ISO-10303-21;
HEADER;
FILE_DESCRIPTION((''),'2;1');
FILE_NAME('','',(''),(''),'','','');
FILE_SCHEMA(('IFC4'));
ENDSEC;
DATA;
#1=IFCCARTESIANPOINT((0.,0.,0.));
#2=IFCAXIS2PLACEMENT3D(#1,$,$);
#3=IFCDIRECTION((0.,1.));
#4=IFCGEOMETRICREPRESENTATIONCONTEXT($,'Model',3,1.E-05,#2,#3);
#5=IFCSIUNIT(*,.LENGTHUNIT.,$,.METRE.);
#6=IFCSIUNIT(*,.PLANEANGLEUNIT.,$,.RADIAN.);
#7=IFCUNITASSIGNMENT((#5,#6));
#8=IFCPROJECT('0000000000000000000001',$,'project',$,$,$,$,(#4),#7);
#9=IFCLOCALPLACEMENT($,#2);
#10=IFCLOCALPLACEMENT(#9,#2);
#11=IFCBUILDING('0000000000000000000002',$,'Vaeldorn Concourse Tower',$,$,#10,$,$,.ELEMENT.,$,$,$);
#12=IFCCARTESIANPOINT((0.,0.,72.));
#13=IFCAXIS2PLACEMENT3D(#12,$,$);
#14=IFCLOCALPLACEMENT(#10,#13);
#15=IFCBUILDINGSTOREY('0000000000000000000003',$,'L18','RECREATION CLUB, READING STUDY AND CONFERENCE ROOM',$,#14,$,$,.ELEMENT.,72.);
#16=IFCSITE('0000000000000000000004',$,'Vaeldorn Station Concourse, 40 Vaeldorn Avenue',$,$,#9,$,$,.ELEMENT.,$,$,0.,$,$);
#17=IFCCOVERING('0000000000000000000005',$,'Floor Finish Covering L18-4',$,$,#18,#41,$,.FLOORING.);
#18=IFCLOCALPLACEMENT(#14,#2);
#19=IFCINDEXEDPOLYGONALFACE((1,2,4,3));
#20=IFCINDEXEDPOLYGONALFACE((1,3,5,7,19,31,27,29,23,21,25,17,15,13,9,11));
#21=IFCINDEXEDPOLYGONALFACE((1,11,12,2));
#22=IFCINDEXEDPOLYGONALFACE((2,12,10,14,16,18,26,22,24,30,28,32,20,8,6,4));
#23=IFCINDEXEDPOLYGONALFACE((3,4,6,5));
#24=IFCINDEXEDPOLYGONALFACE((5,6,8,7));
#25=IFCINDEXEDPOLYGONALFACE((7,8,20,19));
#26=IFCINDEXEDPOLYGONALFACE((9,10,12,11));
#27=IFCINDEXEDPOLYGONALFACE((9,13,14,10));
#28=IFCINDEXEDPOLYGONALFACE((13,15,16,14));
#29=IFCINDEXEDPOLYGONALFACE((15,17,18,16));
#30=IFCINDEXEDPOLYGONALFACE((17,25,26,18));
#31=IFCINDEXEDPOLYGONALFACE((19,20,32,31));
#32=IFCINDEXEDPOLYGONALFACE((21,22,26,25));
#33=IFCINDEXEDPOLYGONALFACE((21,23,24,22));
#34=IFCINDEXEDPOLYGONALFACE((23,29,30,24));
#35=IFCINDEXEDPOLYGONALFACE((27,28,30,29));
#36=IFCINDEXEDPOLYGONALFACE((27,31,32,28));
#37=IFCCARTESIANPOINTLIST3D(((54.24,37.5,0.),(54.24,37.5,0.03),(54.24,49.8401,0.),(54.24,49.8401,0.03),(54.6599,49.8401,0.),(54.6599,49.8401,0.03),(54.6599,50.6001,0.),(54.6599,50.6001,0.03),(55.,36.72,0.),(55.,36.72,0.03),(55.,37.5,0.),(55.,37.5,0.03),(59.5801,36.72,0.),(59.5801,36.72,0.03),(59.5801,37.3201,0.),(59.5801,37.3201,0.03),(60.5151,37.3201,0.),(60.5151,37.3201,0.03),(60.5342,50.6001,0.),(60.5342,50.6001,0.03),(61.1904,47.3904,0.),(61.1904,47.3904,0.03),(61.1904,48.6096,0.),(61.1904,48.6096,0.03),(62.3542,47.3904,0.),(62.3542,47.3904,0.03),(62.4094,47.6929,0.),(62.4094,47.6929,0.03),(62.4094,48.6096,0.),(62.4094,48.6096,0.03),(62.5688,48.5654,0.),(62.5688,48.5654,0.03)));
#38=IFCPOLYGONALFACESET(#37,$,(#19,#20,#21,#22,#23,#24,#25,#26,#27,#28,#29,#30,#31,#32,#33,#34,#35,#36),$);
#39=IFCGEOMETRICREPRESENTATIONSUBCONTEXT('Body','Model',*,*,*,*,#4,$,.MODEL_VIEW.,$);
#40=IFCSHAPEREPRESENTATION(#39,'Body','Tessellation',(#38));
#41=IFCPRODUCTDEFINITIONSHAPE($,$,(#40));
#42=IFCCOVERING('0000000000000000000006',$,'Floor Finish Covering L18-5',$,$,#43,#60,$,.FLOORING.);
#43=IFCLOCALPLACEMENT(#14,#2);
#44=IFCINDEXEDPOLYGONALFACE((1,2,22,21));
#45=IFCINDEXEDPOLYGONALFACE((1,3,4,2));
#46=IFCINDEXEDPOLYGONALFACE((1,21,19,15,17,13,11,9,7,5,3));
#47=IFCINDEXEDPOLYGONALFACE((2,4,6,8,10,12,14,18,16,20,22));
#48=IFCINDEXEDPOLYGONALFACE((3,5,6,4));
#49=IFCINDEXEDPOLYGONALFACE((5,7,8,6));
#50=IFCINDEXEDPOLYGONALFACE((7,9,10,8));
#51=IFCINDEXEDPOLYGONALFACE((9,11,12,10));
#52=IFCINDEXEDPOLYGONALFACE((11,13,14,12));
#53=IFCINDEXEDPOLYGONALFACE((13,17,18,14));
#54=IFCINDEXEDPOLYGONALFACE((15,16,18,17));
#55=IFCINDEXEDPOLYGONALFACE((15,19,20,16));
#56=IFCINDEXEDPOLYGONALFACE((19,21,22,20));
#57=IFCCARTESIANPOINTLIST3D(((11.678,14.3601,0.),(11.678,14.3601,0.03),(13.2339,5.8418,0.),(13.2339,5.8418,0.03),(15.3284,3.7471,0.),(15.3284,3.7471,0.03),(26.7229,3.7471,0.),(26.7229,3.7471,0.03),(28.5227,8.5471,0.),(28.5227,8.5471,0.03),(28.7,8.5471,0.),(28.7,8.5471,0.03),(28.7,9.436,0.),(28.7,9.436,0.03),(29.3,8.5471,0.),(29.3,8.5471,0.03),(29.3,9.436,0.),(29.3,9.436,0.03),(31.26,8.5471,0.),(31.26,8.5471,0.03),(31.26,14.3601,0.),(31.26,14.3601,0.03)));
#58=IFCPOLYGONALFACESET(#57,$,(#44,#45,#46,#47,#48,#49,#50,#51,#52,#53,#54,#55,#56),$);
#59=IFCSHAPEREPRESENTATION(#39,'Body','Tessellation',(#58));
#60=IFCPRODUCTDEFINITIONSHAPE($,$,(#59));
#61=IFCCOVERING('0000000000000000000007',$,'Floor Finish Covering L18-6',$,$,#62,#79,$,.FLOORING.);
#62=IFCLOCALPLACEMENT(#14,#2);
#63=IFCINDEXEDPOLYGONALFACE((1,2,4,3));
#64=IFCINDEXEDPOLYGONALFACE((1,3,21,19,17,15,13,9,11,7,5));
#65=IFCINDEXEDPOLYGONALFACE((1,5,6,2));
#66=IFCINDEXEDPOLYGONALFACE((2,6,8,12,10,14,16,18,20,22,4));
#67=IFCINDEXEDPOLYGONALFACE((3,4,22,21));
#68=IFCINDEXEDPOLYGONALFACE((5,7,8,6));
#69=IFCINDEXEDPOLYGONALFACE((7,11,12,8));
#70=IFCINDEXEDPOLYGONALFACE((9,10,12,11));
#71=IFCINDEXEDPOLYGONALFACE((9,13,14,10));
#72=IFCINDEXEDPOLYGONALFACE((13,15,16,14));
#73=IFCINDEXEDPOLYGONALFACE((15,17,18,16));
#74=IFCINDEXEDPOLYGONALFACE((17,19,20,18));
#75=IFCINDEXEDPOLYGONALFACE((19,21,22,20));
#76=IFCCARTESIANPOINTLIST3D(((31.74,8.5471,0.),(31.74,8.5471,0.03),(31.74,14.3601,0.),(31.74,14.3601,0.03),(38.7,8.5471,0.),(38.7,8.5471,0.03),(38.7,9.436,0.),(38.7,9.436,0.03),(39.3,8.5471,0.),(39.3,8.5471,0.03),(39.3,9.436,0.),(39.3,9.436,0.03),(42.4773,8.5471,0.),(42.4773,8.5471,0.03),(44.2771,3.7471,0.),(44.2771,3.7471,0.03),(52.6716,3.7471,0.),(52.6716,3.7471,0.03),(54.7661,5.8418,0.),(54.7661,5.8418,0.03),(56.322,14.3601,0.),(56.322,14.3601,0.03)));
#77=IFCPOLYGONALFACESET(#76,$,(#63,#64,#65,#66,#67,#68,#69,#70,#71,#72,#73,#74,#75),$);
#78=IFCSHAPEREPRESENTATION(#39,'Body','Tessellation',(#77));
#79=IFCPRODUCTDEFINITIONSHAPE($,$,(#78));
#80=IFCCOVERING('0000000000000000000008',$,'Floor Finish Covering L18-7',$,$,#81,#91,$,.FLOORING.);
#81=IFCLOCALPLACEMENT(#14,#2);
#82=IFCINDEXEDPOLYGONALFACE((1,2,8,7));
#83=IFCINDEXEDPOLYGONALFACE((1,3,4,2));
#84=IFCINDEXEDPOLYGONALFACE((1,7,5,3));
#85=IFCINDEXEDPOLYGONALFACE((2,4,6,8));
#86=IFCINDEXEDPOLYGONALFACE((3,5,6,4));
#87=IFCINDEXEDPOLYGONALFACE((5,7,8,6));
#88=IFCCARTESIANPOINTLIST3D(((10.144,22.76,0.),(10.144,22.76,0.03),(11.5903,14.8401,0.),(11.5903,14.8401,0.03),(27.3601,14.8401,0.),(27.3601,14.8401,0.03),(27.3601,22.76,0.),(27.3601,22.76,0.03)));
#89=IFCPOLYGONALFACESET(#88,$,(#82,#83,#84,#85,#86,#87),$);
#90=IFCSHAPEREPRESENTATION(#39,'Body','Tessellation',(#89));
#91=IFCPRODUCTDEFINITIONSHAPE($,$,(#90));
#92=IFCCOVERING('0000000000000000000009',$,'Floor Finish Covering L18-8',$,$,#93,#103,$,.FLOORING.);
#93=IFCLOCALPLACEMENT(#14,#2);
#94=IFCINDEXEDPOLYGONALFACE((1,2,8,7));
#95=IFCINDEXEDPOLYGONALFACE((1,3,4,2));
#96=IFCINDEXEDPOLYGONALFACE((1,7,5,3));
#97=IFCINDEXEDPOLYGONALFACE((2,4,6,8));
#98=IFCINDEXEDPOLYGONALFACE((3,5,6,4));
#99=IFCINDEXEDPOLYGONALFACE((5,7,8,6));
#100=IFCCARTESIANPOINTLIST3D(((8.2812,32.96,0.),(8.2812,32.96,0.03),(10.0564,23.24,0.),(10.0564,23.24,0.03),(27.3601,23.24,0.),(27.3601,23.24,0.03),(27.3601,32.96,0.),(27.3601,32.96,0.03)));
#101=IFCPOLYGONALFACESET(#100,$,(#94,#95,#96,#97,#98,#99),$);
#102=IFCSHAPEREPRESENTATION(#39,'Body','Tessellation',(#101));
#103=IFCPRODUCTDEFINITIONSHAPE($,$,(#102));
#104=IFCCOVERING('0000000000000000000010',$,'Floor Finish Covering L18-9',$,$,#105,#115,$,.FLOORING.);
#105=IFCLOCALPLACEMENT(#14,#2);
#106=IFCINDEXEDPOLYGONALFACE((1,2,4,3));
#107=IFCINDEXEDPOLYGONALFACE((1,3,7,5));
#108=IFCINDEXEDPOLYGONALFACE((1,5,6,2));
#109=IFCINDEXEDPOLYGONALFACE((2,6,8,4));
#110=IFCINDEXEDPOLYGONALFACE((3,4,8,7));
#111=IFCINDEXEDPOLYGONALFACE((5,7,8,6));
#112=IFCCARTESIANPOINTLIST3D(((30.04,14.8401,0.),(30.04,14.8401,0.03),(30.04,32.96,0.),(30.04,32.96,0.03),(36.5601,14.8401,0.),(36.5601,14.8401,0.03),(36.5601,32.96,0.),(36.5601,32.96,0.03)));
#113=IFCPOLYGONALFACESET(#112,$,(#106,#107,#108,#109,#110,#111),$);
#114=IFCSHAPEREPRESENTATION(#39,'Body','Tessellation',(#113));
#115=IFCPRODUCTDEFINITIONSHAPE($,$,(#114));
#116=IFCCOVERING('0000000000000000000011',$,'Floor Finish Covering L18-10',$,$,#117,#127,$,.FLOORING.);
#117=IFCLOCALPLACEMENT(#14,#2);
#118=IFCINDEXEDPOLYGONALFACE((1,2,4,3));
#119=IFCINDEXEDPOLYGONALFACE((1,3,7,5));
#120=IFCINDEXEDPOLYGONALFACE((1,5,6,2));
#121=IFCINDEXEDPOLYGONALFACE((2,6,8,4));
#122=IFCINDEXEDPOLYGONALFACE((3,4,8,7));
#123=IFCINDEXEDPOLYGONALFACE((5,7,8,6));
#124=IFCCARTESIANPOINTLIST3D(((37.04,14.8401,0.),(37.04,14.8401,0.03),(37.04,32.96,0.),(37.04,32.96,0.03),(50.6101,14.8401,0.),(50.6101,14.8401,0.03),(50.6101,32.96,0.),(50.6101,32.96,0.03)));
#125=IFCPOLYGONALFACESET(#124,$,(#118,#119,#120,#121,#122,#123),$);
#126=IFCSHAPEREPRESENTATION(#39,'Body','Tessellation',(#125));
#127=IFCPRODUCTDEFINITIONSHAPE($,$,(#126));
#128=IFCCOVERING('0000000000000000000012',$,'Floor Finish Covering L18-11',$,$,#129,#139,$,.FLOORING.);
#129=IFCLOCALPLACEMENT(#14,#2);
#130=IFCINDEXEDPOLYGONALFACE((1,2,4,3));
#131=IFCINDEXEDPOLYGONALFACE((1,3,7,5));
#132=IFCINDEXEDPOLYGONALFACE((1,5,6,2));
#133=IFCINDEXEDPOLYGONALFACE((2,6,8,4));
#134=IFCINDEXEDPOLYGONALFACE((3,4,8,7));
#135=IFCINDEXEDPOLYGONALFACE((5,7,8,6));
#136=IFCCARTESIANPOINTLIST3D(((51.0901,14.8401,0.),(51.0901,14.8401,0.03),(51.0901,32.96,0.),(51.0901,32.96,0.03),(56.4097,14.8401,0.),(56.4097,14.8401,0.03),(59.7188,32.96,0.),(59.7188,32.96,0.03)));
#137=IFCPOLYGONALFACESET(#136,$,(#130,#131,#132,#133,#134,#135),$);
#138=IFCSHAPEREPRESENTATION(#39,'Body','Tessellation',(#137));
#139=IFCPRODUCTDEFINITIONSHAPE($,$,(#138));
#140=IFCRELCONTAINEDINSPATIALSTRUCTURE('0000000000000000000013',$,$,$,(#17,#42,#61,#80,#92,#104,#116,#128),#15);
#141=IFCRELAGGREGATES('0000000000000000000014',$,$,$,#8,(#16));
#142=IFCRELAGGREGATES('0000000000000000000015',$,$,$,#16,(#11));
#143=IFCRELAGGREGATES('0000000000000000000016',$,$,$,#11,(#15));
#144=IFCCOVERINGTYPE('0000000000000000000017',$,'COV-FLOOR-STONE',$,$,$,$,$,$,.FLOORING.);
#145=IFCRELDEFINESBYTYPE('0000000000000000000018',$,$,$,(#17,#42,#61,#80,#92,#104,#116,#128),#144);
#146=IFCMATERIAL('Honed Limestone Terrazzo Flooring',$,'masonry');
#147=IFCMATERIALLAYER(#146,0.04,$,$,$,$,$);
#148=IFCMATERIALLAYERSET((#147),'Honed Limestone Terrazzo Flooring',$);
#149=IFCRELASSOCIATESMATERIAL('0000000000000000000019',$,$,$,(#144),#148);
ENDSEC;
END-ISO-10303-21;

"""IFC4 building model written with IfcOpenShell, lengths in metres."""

from ifc_helpers import new_model, si_unit, direction, frame, origin, place, context, subcontext, project, spatial, polyline, outline, extrude, material, layer, layer_set, type_object, element, save


model = new_model("IFC4")

# Units and contexts
model_context = context("Model", 3, precision=1e-05, world=origin(), true_north=direction((0.0, 1.0)))
body_context = subcontext(model_context, "Body", "Model", "MODEL_VIEW")
ifc_project = project(units=[si_unit("LENGTHUNIT", "METRE"), si_unit("PLANEANGLEUNIT", "RADIAN")], contexts=[model_context])

# Site, building, storey
site_placement = place(None, origin())
site = spatial("IfcSite", under=ifc_project, at=site_placement, Name="Vaeldorn Station Concourse, 40 Vaeldorn Avenue", CompositionType="ELEMENT", RefElevation=0.0)
building_placement = place(site_placement, origin())
building = spatial("IfcBuilding", under=site, at=building_placement, Name="Vaeldorn Concourse Tower", CompositionType="ELEMENT")
storey_placement = place(building_placement, frame((0.0, 0.0, 72.0)))
storey = spatial("IfcBuildingStorey", under=building, at=storey_placement, Name="L18", Description="RECREATION CLUB, READING STUDY AND CONFERENCE ROOM", CompositionType="ELEMENT", Elevation=72.0)

# Coverings
ifc_material_1 = material(Name="Honed Limestone Terrazzo Flooring", Category="masonry")
ifc_layer_1 = layer(ifc_material_1, 0.04)
ifc_layer_set_1 = layer_set([ifc_layer_1], Name="Honed Limestone Terrazzo Flooring")
covering_type_1 = type_object("IfcCoveringType", Name="COV-FLOOR-STONE", PredefinedType="FLOORING", material=ifc_layer_set_1)
covering_1_placement = place(storey_placement, origin())
element("IfcCovering", 1, at=covering_1_placement, inside=storey, type_object=covering_type_1, Name="Floor Finish Covering L18-4", PredefinedType="FLOORING", context=body_context, shape_type="SweptSolid", body=[
    extrude(outline(polyline([(54.6599, 49.8401), (54.6599, 50.6001), (60.5342, 50.6001), (62.5688, 48.5654), (62.4094, 47.6929), (62.4094, 48.6096), (61.1904, 48.6096), (61.1904, 47.3904), (62.3542, 47.3904), (60.5151, 37.3201), (59.5801, 37.3201), (59.5801, 36.72), (55.0, 36.72), (55.0, 37.5), (54.24, 37.5), (54.24, 49.8401), (54.6599, 49.8401)])), origin(), (0.0, 0.0, 1.0), 0.03),
])
covering_2_placement = place(storey_placement, origin())
element("IfcCovering", 2, at=covering_2_placement, inside=storey, type_object=covering_type_1, Name="Floor Finish Covering L18-5", PredefinedType="FLOORING", context=body_context, shape_type="SweptSolid", body=[
    extrude(outline(polyline([(31.26, 14.3601), (31.26, 8.5471), (29.3, 8.5471), (29.3, 9.436), (28.7, 9.436), (28.7, 8.5471), (28.5227, 8.5471), (26.7229, 3.7471), (15.3284, 3.7471), (13.2339, 5.8418), (11.678, 14.3601), (31.26, 14.3601)])), origin(), (0.0, 0.0, 1.0), 0.03),
])
covering_3_placement = place(storey_placement, origin())
element("IfcCovering", 3, at=covering_3_placement, inside=storey, type_object=covering_type_1, Name="Floor Finish Covering L18-6", PredefinedType="FLOORING", context=body_context, shape_type="SweptSolid", body=[
    extrude(outline(polyline([(31.74, 14.3601), (56.322, 14.3601), (54.7661, 5.8418), (52.6716, 3.7471), (44.2771, 3.7471), (42.4773, 8.5471), (39.3, 8.5471), (39.3, 9.436), (38.7, 9.436), (38.7, 8.5471), (31.74, 8.5471), (31.74, 14.3601)])), origin(), (0.0, 0.0, 1.0), 0.03),
])
covering_4_placement = place(storey_placement, origin())
element("IfcCovering", 4, at=covering_4_placement, inside=storey, type_object=covering_type_1, Name="Floor Finish Covering L18-7", PredefinedType="FLOORING", context=body_context, shape_type="SweptSolid", body=[
    extrude(outline(polyline([(27.3601, 22.76), (27.3601, 14.8401), (11.5903, 14.8401), (10.144, 22.76), (27.3601, 22.76)])), origin(), (0.0, 0.0, 1.0), 0.03),
])
covering_5_placement = place(storey_placement, origin())
element("IfcCovering", 5, at=covering_5_placement, inside=storey, type_object=covering_type_1, Name="Floor Finish Covering L18-8", PredefinedType="FLOORING", context=body_context, shape_type="SweptSolid", body=[
    extrude(outline(polyline([(27.3601, 32.96), (27.3601, 23.24), (10.0564, 23.24), (8.2812, 32.96), (27.3601, 32.96)])), origin(), (0.0, 0.0, 1.0), 0.03),
])
covering_6_placement = place(storey_placement, origin())
element("IfcCovering", 6, at=covering_6_placement, inside=storey, type_object=covering_type_1, Name="Floor Finish Covering L18-9", PredefinedType="FLOORING", context=body_context, shape_type="SweptSolid", body=[
    extrude(outline(polyline([(30.04, 32.96), (36.5601, 32.96), (36.5601, 14.8401), (30.04, 14.8401), (30.04, 32.96)])), origin(), (0.0, 0.0, 1.0), 0.03),
])
covering_7_placement = place(storey_placement, origin())
element("IfcCovering", 7, at=covering_7_placement, inside=storey, type_object=covering_type_1, Name="Floor Finish Covering L18-10", PredefinedType="FLOORING", context=body_context, shape_type="SweptSolid", body=[
    extrude(outline(polyline([(37.04, 32.96), (50.6101, 32.96), (50.6101, 14.8401), (37.04, 14.8401), (37.04, 32.96)])), origin(), (0.0, 0.0, 1.0), 0.03),
])
covering_8_placement = place(storey_placement, origin())
element("IfcCovering", 8, at=covering_8_placement, inside=storey, type_object=covering_type_1, Name="Floor Finish Covering L18-11", PredefinedType="FLOORING", context=body_context, shape_type="SweptSolid", body=[
    extrude(outline(polyline([(51.0901, 14.8401), (51.0901, 32.96), (59.7188, 32.96), (56.4097, 14.8401), (51.0901, 14.8401)])), origin(), (0.0, 0.0, 1.0), 0.03),
])

save(model, "model.ifc")
